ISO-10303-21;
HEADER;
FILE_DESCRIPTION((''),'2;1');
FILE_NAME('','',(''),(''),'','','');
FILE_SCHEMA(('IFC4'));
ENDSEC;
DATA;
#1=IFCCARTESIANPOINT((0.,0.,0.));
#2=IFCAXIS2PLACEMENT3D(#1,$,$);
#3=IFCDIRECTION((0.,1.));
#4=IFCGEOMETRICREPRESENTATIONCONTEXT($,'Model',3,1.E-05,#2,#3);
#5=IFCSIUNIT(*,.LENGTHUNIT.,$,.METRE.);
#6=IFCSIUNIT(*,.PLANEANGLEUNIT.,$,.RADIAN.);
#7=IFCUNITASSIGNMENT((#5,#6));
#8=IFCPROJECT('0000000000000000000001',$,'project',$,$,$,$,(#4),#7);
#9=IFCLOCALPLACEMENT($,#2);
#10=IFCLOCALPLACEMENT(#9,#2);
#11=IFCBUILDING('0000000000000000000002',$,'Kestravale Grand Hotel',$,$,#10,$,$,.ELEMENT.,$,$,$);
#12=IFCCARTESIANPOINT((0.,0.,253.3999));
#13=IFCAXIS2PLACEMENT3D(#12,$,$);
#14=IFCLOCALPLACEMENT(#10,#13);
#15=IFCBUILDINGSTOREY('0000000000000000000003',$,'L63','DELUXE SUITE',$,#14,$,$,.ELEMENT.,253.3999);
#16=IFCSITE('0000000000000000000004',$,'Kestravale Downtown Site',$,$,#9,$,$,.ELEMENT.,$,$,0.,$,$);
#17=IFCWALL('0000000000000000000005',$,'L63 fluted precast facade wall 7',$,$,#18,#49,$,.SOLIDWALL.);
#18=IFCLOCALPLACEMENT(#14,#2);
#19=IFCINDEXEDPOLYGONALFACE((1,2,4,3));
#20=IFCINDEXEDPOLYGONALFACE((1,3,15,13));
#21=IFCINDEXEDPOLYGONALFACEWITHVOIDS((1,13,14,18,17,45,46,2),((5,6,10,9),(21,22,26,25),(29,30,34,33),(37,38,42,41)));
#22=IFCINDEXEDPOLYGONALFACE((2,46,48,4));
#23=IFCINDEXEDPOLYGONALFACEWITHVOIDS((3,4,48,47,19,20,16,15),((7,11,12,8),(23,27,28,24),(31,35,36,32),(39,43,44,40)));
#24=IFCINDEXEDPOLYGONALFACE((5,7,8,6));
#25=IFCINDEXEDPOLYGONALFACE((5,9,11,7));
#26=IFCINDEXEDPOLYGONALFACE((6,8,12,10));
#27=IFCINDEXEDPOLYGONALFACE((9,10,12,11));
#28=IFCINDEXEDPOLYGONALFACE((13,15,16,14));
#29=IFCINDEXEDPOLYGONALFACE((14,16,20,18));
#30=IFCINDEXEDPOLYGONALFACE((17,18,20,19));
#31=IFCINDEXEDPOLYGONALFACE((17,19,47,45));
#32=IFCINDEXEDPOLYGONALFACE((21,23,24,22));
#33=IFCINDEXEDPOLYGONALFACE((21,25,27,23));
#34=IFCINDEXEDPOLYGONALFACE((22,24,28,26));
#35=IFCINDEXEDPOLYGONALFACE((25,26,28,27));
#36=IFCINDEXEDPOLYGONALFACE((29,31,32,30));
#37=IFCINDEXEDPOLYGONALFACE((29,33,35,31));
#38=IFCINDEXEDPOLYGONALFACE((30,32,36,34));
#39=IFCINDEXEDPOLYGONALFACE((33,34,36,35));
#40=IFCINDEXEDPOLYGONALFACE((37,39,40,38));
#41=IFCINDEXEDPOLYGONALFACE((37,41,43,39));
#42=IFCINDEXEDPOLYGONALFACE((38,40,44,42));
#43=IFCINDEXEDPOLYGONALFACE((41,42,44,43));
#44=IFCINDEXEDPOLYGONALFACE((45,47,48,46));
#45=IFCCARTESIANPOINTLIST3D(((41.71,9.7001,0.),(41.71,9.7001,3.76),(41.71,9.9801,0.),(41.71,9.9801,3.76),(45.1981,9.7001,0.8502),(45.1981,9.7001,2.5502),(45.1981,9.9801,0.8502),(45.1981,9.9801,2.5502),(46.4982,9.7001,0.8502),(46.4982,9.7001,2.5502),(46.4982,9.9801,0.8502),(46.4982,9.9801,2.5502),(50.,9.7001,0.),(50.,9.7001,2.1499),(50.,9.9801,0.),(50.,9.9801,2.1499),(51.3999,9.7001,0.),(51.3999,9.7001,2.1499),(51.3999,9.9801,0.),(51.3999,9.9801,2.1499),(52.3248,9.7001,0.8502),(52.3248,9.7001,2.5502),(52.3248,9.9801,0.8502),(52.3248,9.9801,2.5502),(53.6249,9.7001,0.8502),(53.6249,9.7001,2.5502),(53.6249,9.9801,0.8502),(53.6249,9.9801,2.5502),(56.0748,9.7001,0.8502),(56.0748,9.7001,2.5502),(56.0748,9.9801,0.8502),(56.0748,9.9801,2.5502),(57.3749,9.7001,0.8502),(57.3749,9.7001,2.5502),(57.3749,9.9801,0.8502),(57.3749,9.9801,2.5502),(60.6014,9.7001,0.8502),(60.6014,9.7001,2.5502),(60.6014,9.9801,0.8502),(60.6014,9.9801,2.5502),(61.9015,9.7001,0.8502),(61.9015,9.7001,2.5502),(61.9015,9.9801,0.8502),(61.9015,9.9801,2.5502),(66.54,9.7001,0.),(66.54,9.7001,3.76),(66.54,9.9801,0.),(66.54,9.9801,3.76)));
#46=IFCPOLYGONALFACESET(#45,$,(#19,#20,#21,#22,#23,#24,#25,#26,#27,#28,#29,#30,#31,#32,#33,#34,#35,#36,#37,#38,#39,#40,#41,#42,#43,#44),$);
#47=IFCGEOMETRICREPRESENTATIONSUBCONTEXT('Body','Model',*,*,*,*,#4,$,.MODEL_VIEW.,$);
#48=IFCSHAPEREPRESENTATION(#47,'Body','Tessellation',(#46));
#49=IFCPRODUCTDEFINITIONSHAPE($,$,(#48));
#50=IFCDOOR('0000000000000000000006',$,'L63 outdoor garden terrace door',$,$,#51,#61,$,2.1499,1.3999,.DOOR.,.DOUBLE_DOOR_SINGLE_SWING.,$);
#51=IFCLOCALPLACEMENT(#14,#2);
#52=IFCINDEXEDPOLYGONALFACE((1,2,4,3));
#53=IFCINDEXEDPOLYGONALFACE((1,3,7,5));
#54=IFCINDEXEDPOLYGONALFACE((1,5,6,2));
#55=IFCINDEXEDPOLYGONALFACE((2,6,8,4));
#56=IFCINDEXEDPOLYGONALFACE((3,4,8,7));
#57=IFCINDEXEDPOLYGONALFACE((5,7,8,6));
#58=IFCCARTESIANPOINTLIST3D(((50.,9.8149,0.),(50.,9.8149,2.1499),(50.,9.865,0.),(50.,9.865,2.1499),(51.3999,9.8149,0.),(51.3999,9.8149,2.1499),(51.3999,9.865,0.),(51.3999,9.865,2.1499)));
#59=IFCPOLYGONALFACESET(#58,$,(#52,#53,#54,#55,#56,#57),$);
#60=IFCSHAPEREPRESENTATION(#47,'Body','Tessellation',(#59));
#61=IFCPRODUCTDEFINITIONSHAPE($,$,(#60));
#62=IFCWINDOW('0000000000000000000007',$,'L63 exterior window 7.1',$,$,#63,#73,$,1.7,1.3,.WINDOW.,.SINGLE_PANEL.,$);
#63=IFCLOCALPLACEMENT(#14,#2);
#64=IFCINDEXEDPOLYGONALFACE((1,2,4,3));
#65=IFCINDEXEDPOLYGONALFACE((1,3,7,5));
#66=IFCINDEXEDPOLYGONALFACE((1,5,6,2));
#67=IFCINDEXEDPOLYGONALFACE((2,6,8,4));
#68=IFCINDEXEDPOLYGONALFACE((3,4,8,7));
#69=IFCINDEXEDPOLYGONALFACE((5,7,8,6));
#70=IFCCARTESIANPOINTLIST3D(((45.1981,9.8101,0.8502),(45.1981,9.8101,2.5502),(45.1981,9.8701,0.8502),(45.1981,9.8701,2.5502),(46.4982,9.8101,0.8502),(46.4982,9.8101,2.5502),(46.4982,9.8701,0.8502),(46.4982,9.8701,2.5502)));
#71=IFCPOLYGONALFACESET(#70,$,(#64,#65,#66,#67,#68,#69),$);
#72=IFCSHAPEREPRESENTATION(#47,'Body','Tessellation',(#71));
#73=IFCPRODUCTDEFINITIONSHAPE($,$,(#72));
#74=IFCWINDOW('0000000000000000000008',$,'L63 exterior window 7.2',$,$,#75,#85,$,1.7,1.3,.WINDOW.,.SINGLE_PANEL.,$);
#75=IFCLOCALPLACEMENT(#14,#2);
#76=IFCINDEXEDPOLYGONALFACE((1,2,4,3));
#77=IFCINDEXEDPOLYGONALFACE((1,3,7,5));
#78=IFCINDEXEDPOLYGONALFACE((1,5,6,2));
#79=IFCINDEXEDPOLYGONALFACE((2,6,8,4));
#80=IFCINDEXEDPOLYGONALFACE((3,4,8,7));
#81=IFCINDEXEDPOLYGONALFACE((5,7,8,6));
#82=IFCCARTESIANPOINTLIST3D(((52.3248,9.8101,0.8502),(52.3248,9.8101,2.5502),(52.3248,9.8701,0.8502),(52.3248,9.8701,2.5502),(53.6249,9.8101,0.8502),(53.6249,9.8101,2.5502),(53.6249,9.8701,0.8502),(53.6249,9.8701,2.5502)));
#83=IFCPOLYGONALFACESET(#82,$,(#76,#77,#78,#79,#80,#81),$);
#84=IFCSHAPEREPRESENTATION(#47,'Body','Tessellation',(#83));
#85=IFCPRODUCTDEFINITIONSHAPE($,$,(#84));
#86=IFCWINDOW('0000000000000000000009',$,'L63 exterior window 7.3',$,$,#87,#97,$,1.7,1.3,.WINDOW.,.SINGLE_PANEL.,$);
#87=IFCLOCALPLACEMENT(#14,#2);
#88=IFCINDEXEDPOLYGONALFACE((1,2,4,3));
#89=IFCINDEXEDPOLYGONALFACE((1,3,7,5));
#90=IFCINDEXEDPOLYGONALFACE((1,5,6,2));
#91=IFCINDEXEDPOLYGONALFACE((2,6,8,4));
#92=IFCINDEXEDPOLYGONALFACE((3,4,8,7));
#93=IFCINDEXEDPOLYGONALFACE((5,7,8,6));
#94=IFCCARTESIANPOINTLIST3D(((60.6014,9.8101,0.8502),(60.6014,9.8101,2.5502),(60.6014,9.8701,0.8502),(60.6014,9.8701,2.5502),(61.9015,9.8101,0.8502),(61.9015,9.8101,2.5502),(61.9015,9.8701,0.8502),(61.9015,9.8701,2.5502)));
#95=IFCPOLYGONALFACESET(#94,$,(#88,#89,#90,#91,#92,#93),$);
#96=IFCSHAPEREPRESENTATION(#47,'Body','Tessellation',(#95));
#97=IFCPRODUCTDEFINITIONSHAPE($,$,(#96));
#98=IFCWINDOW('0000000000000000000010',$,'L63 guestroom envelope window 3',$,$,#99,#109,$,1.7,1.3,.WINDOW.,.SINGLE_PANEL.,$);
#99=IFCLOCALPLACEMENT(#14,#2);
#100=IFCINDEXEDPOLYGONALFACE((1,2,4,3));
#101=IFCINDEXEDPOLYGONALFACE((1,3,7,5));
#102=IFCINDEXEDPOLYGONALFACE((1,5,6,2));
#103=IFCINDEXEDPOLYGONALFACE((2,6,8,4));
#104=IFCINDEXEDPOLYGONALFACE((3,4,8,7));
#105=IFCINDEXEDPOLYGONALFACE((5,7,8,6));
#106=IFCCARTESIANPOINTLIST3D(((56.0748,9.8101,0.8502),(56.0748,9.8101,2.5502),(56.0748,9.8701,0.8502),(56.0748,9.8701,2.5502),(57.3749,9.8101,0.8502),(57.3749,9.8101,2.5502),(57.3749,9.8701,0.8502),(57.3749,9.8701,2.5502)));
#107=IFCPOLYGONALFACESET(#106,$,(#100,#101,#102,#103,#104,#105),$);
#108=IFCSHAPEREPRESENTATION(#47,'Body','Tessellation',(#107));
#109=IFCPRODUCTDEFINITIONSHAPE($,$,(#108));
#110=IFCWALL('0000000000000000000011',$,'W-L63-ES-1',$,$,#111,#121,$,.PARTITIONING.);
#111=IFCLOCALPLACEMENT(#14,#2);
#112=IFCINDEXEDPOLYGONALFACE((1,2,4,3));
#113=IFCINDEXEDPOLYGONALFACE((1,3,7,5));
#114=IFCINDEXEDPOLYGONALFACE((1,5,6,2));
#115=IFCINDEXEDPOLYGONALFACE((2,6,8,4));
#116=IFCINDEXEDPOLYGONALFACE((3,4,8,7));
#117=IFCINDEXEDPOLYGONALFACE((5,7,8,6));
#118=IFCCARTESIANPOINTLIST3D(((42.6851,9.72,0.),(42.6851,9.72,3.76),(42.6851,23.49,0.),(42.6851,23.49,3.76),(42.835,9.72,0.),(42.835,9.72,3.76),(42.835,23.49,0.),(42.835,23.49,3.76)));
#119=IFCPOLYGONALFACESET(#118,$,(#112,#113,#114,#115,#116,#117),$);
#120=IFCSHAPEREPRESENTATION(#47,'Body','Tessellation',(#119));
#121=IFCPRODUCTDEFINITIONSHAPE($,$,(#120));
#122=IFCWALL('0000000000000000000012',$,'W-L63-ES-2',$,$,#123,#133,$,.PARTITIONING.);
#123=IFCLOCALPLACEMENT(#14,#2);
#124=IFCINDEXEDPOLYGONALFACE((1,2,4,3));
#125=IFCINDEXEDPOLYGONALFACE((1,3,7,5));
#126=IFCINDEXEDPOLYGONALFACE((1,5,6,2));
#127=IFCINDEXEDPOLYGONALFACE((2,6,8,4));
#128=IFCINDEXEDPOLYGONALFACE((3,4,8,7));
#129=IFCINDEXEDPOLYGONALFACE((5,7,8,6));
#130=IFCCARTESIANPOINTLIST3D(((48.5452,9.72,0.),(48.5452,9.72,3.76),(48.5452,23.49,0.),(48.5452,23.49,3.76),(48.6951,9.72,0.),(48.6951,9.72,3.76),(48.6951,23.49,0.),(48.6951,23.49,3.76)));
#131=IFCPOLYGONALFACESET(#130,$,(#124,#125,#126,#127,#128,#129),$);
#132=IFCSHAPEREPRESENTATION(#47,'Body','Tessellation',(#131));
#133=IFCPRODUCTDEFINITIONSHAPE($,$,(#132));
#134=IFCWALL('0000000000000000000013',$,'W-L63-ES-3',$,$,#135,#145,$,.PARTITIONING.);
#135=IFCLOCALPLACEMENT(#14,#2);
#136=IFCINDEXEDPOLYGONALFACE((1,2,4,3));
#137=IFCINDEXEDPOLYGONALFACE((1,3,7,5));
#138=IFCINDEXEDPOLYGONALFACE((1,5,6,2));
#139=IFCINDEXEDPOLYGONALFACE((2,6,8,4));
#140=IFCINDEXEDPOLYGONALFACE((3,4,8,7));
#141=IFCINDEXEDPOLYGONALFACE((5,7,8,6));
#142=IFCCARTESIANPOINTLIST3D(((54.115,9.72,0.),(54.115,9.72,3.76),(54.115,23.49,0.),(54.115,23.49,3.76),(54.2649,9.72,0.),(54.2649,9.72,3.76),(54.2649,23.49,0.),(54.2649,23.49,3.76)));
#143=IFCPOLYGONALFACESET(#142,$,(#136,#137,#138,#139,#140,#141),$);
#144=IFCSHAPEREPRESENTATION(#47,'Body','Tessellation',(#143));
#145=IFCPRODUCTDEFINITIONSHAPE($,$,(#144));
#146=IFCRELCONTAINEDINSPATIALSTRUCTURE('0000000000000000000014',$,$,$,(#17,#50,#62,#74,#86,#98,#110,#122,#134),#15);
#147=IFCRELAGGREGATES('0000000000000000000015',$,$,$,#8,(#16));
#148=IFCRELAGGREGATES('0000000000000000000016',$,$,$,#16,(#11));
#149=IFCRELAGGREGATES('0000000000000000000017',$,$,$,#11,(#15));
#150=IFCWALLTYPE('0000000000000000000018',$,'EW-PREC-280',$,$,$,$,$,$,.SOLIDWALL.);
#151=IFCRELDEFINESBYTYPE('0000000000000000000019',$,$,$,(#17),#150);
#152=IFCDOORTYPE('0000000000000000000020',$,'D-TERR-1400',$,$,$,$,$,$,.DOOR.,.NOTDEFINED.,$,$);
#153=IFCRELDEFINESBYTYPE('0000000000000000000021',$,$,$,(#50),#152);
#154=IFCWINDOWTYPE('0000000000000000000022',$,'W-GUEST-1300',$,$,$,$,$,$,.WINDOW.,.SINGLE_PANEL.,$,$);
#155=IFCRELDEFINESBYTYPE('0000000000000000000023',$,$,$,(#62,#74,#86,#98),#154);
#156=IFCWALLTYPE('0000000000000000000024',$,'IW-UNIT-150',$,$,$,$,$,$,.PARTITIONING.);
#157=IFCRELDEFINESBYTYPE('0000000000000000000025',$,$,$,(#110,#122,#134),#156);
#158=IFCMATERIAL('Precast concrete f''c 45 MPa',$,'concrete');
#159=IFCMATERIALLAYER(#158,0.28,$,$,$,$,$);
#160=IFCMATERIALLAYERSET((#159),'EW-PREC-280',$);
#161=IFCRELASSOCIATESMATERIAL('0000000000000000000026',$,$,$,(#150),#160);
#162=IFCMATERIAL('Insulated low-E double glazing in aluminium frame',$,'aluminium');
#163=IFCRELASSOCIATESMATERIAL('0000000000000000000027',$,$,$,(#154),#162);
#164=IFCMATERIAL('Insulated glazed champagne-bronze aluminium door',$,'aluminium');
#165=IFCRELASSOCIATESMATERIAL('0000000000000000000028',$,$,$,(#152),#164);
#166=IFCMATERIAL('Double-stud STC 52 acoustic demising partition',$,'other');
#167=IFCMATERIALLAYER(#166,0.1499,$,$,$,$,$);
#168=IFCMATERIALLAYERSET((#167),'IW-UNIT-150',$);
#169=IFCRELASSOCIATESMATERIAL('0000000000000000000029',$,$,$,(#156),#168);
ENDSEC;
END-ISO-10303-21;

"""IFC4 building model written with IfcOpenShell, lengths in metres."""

from ifc_helpers import new_model, si_unit, direction, frame, frame_2d, origin, place, context, subcontext, project, spatial, rectangle, extrude, material, layer, layer_set, type_object, element, fill, save


model = new_model("IFC4")

# Units and contexts
model_context = context("Model", 3, precision=1e-05, world=origin(), true_north=direction((0.0, 1.0)))
body_context = subcontext(model_context, "Body", "Model", "MODEL_VIEW")
ifc_project = project(units=[si_unit("LENGTHUNIT", "METRE"), si_unit("PLANEANGLEUNIT", "RADIAN")], contexts=[model_context])

# Site, building, storey
site_placement = place(None, origin())
site = spatial("IfcSite", under=ifc_project, at=site_placement, Name="Kestravale Downtown Site", CompositionType="ELEMENT", RefElevation=0.0)
building_placement = place(site_placement, origin())
building = spatial("IfcBuilding", under=site, at=building_placement, Name="Kestravale Grand Hotel", CompositionType="ELEMENT")
storey_placement = place(building_placement, frame((0.0, 0.0, 253.3999)))
storey = spatial("IfcBuildingStorey", under=building, at=storey_placement, Name="L63", Description="DELUXE SUITE", CompositionType="ELEMENT", Elevation=253.3999)

# Shared definitions
ifc_material_1 = material(Name="Precast concrete f'c 45 MPa", Category="concrete")
ifc_layer_1 = layer(ifc_material_1, 0.28)
ifc_layer_set_1 = layer_set([ifc_layer_1], Name="EW-PREC-280")
wall_type_1 = type_object("IfcWallType", Name="EW-PREC-280", PredefinedType="SOLIDWALL", material=ifc_layer_set_1)
ifc_material_2 = material(Name="Insulated low-E double glazing in aluminium frame", Category="aluminium")
window_type = type_object("IfcWindowType", Name="W-GUEST-1300", PartitioningType="SINGLE_PANEL", PredefinedType="WINDOW", material=ifc_material_2)

# Wall, openings, door, windows
wall_1_placement = place(storey_placement, frame((41.71, 9.8401, 0.0), z_axis=(0.0, 0.0, 1.0), x_axis=(1.0, 0.0, 0.0)))
wall_1 = element("IfcWall", 1, at=wall_1_placement, inside=storey, type_object=wall_type_1, Name="L63 fluted precast facade wall 7", PredefinedType="SOLIDWALL", context=body_context, shape_type="SweptSolid", body=[
    extrude(rectangle(XDim=24.8301, YDim=0.28, at=frame_2d((12.415, 0.0))), origin(), (0.0, 0.0, 1.0), 3.76),
])
opening_1_placement = place(wall_1_placement, frame((8.29, 0.0, 0.0)))
opening_1 = element("IfcOpeningElement", 2, at=opening_1_placement, cuts=wall_1, PredefinedType="OPENING", context=body_context, shape_type="SweptSolid", body=[
    extrude(rectangle(XDim=1.3999, YDim=2.1499, at=frame_2d((0.7, 1.075))), frame((0.0, 0.1499, 0.0), z_axis=(0.0, -1.0, 0.0), x_axis=(1.0, 0.0, 0.0)), (0.0, 0.0, 1.0), 0.3),
])
opening_2_placement = place(wall_1_placement, frame((3.4883, 0.0, 0.8501)))
opening_2 = element("IfcOpeningElement", 3, at=opening_2_placement, cuts=wall_1, PredefinedType="OPENING", context=body_context, shape_type="SweptSolid", body=[
    extrude(rectangle(XDim=1.3, YDim=1.7, at=frame_2d((0.6499, 0.8501))), frame((0.0, 0.1499, 0.0), z_axis=(0.0, -1.0, 0.0), x_axis=(1.0, 0.0, 0.0)), (0.0, 0.0, 1.0), 0.3),
])
opening_3_placement = place(wall_1_placement, frame((10.615, 0.0, 0.8501)))
opening_3 = element("IfcOpeningElement", 4, at=opening_3_placement, cuts=wall_1, PredefinedType="OPENING", context=body_context, shape_type="SweptSolid", body=[
    extrude(rectangle(XDim=1.3, YDim=1.7, at=frame_2d((0.6499, 0.8501))), frame((0.0, 0.1499, 0.0), z_axis=(0.0, -1.0, 0.0), x_axis=(1.0, 0.0, 0.0)), (0.0, 0.0, 1.0), 0.3),
])
opening_4_placement = place(wall_1_placement, frame((18.8916, 0.0, 0.8501)))
opening_4 = element("IfcOpeningElement", 5, at=opening_4_placement, cuts=wall_1, PredefinedType="OPENING", context=body_context, shape_type="SweptSolid", body=[
    extrude(rectangle(XDim=1.3, YDim=1.7, at=frame_2d((0.6499, 0.8501))), frame((0.0, 0.1499, 0.0), z_axis=(0.0, -1.0, 0.0), x_axis=(1.0, 0.0, 0.0)), (0.0, 0.0, 1.0), 0.3),
])
opening_5_placement = place(wall_1_placement, frame((14.365, 0.0, 0.8501)))
opening_5 = element("IfcOpeningElement", 6, at=opening_5_placement, cuts=wall_1, PredefinedType="OPENING", context=body_context, shape_type="SweptSolid", body=[
    extrude(rectangle(XDim=1.3, YDim=1.7, at=frame_2d((0.6499, 0.8501))), frame((0.0, 0.1499, 0.0), z_axis=(0.0, -1.0, 0.0), x_axis=(1.0, 0.0, 0.0)), (0.0, 0.0, 1.0), 0.3),
])
ifc_material_3 = material(Name="Insulated glazed champagne-bronze aluminium door", Category="aluminium")
door_type = type_object("IfcDoorType", Name="D-TERR-1400", OperationType="NOTDEFINED", PredefinedType="DOOR", material=ifc_material_3)
door_placement = place(opening_1_placement, origin())
door = element("IfcDoor", 7, at=door_placement, inside=storey, type_object=door_type, Name="L63 outdoor garden terrace door", OperationType="DOUBLE_DOOR_SINGLE_SWING", OverallHeight=2.1499, OverallWidth=1.3999, PredefinedType="DOOR", context=body_context, shape_type="SweptSolid", body=[
    extrude(rectangle(XDim=1.3999, YDim=2.1499, at=frame_2d((0.7, 1.075))), frame((0.0, 0.0249, 0.0), z_axis=(0.0, -1.0, 0.0), x_axis=(1.0, 0.0, 0.0)), (0.0, 0.0, 1.0), 0.05),
])
fill(opening_1, door)
window_1_placement = place(opening_2_placement, origin())
window_1 = element("IfcWindow", 8, at=window_1_placement, inside=storey, type_object=window_type, Name="L63 exterior window 7.1", OverallHeight=1.7, OverallWidth=1.3, PartitioningType="SINGLE_PANEL", PredefinedType="WINDOW", context=body_context, shape_type="SweptSolid", body=[
    extrude(rectangle(XDim=1.3, YDim=1.7, at=frame_2d((0.6499, 0.8501))), frame((0.0, 0.03, 0.0), z_axis=(0.0, -1.0, 0.0), x_axis=(1.0, 0.0, 0.0)), (0.0, 0.0, 1.0), 0.0601),
])
fill(opening_2, window_1)
window_2_placement = place(opening_3_placement, origin())
window_2 = element("IfcWindow", 9, at=window_2_placement, inside=storey, type_object=window_type, Name="L63 exterior window 7.2", OverallHeight=1.7, OverallWidth=1.3, PartitioningType="SINGLE_PANEL", PredefinedType="WINDOW", context=body_context, shape_type="SweptSolid", body=[
    extrude(rectangle(XDim=1.3, YDim=1.7, at=frame_2d((0.6499, 0.8501))), frame((0.0, 0.03, 0.0), z_axis=(0.0, -1.0, 0.0), x_axis=(1.0, 0.0, 0.0)), (0.0, 0.0, 1.0), 0.0601),
])
fill(opening_3, window_2)
window_3_placement = place(opening_4_placement, origin())
window_3 = element("IfcWindow", 10, at=window_3_placement, inside=storey, type_object=window_type, Name="L63 exterior window 7.3", OverallHeight=1.7, OverallWidth=1.3, PartitioningType="SINGLE_PANEL", PredefinedType="WINDOW", context=body_context, shape_type="SweptSolid", body=[
    extrude(rectangle(XDim=1.3, YDim=1.7, at=frame_2d((0.6499, 0.8501))), frame((0.0, 0.03, 0.0), z_axis=(0.0, -1.0, 0.0), x_axis=(1.0, 0.0, 0.0)), (0.0, 0.0, 1.0), 0.0601),
])
fill(opening_4, window_3)
window_4_placement = place(opening_5_placement, origin())
window_4 = element("IfcWindow", 11, at=window_4_placement, inside=storey, type_object=window_type, Name="L63 guestroom envelope window 3", OverallHeight=1.7, OverallWidth=1.3, PartitioningType="SINGLE_PANEL", PredefinedType="WINDOW", context=body_context, shape_type="SweptSolid", body=[
    extrude(rectangle(XDim=1.3, YDim=1.7, at=frame_2d((0.6499, 0.8501))), frame((0.0, 0.03, 0.0), z_axis=(0.0, -1.0, 0.0), x_axis=(1.0, 0.0, 0.0)), (0.0, 0.0, 1.0), 0.0601),
])
fill(opening_5, window_4)

# Walls
ifc_material_4 = material(Name="Double-stud STC 52 acoustic demising partition", Category="other")
ifc_layer_2 = layer(ifc_material_4, 0.1499)
ifc_layer_set_2 = layer_set([ifc_layer_2], Name="IW-UNIT-150")
wall_type_2 = type_object("IfcWallType", Name="IW-UNIT-150", PredefinedType="PARTITIONING", material=ifc_layer_set_2)
for number, where, z_axis, x_axis, name in (
    (12, (42.76, 9.72, 0.0), (0.0, 0.0, 1.0), (0.0, 1.0, 0.0), "W-L63-ES-1"),
    (13, (48.6201, 9.72, 0.0), (0.0, 0.0, 1.0), (0.0, 1.0, 0.0), "W-L63-ES-2"),
    (14, (54.1899, 9.72, 0.0), (0.0, 0.0, 1.0), (0.0, 1.0, 0.0), "W-L63-ES-3"),
):
    element("IfcWall", number, at=place(storey_placement, frame(where, z_axis=z_axis, x_axis=x_axis)), inside=storey, type_object=wall_type_2, Name=name, PredefinedType="PARTITIONING", context=body_context, shape_type="SweptSolid", body=[
        extrude(rectangle(XDim=13.77, YDim=0.1499, at=frame_2d((6.885, 0.0))), origin(), (0.0, 0.0, 1.0), 3.76),
    ])

save(model, "model.ifc")
